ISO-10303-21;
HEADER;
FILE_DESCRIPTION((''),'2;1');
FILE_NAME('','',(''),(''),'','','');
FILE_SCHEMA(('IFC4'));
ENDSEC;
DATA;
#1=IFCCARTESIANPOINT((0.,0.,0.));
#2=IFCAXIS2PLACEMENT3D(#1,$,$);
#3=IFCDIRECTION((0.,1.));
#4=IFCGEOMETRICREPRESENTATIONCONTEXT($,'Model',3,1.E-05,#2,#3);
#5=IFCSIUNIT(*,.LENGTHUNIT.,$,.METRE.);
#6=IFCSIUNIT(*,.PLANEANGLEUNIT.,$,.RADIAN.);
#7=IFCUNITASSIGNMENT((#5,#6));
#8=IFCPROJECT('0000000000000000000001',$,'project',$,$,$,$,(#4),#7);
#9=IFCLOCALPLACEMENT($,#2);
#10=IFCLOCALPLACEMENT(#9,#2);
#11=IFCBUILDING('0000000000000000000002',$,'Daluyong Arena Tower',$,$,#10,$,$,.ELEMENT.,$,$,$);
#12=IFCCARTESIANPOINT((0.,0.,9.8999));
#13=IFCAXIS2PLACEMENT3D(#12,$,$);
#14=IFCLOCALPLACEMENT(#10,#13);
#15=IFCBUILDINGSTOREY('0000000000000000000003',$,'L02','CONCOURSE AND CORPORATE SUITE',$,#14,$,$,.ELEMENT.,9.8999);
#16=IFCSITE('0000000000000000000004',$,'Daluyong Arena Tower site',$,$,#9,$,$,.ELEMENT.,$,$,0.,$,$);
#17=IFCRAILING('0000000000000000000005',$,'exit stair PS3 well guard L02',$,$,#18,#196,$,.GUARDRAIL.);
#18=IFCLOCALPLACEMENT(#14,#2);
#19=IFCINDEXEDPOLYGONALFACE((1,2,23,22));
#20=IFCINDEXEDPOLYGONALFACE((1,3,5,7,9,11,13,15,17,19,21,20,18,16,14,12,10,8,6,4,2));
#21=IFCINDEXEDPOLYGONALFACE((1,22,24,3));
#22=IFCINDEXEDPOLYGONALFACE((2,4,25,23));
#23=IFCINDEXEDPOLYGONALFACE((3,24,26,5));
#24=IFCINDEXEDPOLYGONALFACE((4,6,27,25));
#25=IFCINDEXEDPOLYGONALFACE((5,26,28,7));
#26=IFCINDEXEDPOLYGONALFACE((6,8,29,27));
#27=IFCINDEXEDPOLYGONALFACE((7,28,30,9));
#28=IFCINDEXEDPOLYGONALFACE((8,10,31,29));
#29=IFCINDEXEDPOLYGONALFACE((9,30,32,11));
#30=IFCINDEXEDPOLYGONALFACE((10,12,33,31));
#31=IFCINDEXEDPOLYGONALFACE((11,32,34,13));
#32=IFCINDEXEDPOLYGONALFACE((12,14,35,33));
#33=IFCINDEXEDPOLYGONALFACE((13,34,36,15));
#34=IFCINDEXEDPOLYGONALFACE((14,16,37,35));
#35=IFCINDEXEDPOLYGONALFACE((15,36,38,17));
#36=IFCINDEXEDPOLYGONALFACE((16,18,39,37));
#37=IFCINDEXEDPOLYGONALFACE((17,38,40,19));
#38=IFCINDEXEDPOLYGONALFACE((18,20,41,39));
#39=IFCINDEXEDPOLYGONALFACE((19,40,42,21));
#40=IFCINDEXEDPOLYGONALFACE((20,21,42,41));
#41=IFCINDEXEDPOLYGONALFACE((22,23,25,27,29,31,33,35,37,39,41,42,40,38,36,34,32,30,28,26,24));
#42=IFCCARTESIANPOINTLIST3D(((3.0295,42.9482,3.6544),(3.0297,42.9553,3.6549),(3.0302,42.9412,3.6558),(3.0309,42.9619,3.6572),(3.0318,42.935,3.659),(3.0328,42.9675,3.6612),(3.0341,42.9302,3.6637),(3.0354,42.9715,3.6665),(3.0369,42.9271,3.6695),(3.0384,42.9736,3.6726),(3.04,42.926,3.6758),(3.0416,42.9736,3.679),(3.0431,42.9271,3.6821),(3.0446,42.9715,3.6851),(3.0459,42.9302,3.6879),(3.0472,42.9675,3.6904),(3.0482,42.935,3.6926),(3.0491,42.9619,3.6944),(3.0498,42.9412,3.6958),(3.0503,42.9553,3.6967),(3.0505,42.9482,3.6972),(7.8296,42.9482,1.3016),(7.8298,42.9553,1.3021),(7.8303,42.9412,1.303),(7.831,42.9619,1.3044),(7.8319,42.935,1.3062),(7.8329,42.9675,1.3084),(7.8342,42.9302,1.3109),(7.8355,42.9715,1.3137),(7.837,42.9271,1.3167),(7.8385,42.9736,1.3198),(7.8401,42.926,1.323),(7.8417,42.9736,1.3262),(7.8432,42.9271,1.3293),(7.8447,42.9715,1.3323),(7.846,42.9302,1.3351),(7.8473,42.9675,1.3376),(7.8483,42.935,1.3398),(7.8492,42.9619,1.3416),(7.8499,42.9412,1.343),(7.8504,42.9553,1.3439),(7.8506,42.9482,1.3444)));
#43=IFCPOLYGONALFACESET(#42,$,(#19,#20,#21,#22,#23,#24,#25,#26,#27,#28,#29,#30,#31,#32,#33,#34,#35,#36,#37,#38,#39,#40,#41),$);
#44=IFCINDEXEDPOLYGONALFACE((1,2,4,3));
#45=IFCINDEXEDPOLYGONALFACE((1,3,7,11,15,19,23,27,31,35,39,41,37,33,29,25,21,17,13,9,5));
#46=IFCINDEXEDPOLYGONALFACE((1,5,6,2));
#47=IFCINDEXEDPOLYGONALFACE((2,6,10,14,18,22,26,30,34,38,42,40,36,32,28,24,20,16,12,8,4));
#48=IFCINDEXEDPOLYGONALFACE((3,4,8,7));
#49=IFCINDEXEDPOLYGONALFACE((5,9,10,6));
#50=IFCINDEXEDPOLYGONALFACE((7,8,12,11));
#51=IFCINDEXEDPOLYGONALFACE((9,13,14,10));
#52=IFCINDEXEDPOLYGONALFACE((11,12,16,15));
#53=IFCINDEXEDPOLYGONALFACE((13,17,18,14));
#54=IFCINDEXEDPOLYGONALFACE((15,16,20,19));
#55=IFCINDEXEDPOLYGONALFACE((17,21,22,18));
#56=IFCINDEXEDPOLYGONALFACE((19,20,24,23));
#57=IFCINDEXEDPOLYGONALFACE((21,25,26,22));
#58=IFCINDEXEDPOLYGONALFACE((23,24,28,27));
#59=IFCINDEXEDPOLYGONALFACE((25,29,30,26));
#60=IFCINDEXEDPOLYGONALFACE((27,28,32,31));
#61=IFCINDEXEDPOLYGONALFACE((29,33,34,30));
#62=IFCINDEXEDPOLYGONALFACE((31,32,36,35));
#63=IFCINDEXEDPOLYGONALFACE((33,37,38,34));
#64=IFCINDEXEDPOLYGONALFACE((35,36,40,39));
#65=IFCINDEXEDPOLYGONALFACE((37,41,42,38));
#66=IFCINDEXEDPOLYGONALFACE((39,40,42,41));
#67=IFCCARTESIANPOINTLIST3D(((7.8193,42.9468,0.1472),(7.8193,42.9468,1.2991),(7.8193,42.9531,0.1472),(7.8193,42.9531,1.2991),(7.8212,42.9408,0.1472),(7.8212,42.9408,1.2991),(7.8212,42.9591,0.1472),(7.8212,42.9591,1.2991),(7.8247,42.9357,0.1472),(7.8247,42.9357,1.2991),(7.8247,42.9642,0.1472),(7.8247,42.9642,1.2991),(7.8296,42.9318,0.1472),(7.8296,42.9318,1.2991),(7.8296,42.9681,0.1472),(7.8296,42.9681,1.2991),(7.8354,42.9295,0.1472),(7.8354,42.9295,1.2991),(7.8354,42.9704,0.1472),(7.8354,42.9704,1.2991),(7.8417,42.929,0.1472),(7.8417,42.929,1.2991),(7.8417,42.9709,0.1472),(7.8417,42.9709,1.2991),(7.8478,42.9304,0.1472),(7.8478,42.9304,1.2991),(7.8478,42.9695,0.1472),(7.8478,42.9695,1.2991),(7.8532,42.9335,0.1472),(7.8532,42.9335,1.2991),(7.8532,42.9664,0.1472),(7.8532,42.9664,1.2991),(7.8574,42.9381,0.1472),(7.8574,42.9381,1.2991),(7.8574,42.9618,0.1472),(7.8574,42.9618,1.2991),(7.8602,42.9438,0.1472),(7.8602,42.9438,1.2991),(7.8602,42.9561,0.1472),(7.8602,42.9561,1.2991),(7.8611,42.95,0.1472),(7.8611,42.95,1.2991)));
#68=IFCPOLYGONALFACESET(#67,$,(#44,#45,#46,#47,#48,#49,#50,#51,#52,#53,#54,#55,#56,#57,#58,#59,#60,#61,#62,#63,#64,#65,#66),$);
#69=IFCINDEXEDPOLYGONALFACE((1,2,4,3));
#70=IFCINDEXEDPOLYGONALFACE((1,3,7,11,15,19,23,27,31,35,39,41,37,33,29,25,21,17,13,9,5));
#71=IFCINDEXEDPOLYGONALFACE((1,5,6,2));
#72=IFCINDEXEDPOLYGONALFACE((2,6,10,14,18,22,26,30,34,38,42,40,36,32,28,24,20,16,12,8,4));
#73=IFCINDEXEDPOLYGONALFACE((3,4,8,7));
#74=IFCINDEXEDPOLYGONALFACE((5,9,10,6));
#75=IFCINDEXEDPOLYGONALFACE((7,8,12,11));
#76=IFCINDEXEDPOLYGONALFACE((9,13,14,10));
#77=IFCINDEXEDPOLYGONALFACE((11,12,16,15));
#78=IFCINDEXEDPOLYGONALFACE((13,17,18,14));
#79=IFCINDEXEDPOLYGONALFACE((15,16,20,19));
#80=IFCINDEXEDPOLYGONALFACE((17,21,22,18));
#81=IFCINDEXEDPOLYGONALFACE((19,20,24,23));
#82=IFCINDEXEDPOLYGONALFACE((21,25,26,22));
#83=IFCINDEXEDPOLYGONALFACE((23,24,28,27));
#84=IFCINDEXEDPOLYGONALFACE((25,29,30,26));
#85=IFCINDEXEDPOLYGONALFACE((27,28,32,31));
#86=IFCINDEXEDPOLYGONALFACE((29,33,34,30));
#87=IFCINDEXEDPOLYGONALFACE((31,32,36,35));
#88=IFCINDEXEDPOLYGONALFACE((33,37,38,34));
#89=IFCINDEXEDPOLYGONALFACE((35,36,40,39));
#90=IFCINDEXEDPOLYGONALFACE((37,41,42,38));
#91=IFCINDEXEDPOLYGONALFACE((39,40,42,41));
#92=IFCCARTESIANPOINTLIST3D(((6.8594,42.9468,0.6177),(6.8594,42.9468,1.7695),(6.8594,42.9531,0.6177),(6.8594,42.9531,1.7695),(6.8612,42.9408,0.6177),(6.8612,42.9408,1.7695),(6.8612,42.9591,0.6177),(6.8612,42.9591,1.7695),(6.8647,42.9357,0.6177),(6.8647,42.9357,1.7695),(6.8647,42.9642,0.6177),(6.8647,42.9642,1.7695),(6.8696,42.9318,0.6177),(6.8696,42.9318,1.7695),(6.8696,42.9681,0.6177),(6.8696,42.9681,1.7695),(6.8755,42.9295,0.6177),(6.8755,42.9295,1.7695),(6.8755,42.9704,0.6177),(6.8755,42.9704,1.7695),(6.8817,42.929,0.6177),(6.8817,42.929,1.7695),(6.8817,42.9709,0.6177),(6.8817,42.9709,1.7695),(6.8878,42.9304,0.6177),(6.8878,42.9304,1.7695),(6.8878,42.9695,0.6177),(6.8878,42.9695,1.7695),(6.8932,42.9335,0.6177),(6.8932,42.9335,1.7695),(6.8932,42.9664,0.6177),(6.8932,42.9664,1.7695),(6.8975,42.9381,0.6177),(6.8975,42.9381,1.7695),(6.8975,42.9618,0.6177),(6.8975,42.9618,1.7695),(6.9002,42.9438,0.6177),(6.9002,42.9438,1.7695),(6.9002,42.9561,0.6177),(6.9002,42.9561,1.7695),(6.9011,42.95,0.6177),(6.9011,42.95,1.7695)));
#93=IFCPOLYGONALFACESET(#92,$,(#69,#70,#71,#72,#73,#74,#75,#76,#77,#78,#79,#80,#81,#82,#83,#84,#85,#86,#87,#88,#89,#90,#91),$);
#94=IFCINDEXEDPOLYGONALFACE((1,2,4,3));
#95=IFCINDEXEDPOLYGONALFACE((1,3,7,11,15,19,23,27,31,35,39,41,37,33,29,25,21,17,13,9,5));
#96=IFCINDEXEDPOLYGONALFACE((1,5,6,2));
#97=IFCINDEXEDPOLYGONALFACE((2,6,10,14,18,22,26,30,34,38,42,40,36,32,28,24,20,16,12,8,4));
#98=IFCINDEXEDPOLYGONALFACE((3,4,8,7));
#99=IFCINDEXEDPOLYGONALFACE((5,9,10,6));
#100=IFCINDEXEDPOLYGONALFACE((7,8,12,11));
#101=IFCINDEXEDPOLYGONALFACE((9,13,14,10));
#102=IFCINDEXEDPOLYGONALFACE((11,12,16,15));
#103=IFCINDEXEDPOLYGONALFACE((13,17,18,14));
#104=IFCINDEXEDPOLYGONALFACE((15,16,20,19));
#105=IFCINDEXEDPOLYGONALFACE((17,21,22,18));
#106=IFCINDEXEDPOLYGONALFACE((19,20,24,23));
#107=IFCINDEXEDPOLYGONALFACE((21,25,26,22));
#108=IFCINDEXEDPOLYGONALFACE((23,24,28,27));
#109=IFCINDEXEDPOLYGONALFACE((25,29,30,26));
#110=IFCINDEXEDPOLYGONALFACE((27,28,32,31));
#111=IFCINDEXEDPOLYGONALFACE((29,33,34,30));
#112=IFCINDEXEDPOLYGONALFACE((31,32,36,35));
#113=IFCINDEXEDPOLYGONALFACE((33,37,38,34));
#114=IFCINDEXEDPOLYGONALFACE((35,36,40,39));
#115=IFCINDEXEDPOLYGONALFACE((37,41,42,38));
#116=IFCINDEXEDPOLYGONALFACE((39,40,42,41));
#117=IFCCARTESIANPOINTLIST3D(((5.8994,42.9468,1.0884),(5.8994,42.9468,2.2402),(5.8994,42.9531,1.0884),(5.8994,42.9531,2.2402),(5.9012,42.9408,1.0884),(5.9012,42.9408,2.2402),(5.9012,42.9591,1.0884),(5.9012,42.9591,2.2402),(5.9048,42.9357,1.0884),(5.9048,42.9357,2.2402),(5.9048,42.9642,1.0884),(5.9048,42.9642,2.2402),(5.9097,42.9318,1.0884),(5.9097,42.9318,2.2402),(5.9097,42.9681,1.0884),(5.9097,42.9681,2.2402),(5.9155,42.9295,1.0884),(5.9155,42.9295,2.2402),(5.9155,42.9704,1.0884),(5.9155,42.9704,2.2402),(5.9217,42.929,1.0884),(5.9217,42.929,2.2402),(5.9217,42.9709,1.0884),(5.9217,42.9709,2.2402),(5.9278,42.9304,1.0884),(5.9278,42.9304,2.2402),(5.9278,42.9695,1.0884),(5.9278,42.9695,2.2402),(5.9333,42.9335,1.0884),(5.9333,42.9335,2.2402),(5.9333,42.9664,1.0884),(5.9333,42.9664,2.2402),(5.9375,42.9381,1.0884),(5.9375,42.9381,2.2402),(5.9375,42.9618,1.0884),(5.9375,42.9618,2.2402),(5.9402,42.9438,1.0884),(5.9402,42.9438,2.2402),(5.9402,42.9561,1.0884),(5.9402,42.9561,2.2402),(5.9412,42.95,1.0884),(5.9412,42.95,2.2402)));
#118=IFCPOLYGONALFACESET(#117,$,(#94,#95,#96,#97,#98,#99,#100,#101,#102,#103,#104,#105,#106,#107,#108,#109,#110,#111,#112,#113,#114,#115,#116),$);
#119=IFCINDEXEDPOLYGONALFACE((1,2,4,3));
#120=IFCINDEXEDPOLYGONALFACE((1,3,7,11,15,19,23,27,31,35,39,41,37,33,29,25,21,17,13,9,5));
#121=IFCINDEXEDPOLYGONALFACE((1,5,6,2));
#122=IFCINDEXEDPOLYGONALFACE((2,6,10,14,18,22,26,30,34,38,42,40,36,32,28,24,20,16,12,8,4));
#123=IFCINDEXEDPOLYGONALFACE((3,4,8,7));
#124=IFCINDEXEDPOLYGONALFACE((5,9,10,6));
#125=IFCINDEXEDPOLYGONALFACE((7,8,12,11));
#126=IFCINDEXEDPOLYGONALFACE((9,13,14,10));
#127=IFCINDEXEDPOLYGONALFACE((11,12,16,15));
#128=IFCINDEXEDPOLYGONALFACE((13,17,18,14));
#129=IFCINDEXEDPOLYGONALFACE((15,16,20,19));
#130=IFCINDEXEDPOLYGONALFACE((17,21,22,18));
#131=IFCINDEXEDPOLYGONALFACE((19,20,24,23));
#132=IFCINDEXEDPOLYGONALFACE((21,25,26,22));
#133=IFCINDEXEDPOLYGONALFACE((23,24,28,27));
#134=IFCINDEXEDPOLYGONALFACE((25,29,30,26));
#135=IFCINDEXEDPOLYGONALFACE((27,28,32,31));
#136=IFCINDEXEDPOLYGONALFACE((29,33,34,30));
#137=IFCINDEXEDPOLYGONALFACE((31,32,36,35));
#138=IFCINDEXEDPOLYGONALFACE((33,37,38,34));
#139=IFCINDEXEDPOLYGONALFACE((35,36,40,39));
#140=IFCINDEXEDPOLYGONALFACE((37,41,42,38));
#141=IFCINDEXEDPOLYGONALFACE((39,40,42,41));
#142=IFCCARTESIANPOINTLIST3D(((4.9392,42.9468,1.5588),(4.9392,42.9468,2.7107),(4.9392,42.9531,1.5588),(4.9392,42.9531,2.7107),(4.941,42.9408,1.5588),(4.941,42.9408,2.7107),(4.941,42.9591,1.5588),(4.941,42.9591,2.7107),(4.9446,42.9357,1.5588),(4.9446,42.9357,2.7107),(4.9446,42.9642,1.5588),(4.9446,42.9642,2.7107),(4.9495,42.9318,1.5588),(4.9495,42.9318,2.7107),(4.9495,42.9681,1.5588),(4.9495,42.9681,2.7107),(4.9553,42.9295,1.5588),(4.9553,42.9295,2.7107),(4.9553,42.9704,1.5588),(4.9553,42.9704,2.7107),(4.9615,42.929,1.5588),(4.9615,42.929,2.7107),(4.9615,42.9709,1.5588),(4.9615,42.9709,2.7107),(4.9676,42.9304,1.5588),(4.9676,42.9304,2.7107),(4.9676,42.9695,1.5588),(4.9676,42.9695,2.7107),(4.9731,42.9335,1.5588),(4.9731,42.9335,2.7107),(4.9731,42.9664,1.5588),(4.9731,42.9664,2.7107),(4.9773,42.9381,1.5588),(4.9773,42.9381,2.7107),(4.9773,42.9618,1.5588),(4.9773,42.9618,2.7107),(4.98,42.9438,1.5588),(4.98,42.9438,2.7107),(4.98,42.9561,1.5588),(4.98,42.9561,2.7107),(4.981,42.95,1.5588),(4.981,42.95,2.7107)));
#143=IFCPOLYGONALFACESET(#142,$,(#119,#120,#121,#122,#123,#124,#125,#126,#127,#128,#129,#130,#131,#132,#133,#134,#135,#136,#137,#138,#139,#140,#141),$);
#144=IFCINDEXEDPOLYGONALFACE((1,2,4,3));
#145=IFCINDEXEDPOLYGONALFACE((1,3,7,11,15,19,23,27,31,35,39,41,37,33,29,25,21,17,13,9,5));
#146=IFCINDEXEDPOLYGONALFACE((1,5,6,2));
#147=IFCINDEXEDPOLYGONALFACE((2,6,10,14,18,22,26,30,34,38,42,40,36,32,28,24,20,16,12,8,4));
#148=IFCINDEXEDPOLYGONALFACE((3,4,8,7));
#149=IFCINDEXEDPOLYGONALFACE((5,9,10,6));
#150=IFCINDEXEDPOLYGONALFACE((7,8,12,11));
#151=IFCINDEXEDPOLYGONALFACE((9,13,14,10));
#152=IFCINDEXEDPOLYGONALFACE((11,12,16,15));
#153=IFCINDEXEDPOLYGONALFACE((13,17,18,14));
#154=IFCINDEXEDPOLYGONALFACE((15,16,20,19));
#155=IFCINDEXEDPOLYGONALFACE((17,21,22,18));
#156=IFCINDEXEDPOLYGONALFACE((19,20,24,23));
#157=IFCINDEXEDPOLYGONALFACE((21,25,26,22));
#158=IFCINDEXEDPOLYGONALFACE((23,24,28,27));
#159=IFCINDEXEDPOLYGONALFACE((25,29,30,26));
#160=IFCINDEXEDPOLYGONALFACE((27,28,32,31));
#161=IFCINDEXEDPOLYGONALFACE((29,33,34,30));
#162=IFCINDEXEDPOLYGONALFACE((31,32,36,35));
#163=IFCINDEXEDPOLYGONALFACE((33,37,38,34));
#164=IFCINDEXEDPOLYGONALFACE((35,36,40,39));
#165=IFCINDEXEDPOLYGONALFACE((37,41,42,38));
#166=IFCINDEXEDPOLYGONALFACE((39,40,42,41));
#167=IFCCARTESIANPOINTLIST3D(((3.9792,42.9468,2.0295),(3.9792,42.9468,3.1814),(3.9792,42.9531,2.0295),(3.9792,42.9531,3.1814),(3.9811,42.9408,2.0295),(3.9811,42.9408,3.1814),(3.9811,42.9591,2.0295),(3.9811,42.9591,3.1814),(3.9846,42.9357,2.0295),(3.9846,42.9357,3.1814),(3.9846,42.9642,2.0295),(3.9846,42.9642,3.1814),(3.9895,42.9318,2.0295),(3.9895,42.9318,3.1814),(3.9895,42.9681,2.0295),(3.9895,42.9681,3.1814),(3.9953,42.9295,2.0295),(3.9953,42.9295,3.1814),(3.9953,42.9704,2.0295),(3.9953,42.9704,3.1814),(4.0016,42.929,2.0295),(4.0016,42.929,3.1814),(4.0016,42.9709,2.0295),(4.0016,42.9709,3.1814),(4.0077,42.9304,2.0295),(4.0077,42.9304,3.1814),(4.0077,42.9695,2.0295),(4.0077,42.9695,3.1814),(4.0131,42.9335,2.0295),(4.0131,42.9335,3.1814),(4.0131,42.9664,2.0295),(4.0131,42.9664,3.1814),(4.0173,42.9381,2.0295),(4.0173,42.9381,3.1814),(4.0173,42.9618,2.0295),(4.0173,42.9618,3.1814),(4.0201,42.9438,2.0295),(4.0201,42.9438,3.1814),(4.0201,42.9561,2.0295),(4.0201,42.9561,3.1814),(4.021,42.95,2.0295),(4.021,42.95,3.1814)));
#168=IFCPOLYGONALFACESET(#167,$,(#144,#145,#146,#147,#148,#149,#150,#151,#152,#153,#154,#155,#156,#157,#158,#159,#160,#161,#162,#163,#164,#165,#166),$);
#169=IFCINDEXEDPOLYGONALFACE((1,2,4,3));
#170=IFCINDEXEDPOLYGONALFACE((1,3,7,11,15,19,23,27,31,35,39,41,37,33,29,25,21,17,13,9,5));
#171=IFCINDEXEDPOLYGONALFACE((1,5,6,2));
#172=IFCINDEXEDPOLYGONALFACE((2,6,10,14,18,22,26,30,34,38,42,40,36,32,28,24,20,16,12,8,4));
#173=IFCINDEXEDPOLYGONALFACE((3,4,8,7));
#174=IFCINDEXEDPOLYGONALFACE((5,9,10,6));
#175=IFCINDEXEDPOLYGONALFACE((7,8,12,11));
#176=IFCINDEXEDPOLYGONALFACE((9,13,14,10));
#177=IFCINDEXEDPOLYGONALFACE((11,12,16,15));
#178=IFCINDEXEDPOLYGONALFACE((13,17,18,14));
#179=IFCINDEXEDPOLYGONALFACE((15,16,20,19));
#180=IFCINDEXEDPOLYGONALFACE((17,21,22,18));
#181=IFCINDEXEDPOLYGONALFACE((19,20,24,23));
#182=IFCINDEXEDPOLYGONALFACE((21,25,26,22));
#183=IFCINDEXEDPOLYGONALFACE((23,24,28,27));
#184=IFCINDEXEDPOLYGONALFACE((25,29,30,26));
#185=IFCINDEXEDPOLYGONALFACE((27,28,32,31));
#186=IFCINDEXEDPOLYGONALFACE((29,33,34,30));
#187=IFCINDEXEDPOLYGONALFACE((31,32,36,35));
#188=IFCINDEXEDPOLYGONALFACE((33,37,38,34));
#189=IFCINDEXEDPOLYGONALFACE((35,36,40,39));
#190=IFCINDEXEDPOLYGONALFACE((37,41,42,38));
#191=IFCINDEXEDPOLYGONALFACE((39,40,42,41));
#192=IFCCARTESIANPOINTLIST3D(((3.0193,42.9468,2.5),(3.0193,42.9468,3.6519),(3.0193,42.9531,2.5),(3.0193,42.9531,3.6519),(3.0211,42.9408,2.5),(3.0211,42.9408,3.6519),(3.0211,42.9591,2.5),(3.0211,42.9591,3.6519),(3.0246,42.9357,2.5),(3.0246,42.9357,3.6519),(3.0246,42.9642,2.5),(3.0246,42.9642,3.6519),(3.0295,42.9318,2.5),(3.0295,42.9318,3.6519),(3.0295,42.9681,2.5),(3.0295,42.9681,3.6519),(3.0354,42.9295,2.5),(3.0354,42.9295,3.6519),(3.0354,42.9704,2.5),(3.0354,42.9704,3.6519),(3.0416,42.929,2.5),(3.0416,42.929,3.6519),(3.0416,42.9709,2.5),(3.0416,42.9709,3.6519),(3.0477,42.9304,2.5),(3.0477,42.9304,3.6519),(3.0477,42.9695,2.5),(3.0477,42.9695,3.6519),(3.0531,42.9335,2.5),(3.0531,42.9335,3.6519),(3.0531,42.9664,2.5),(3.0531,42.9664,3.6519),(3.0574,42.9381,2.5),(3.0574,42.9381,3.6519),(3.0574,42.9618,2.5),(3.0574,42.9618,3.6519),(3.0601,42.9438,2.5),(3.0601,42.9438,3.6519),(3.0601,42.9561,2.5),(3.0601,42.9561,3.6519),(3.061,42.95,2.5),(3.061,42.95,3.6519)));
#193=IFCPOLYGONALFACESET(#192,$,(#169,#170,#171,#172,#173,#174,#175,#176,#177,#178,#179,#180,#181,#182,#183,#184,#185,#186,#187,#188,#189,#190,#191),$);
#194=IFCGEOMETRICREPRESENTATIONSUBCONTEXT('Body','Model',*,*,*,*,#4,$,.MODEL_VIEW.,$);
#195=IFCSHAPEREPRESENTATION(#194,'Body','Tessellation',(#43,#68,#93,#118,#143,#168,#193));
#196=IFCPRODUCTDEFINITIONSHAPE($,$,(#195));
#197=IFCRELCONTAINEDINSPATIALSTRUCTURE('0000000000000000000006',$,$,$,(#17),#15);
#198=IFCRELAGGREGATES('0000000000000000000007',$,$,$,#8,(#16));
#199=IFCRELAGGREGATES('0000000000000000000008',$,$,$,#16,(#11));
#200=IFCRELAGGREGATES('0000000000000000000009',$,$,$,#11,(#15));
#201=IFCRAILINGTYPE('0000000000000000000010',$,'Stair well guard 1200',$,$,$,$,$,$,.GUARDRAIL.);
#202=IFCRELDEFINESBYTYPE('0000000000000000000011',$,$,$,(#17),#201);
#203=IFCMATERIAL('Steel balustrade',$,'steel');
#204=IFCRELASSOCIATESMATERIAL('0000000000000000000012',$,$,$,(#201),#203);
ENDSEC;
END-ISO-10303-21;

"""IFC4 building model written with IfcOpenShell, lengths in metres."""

from ifc_helpers import new_model, si_unit, direction, frame, origin, origin_2d, place, context, subcontext, project, spatial, circle, extrude, material, type_object, element, save


model = new_model("IFC4")

# Units and contexts
model_context = context("Model", 3, precision=1e-05, world=origin(), true_north=direction((0.0, 1.0)))
body_context = subcontext(model_context, "Body", "Model", "MODEL_VIEW")
ifc_project = project(units=[si_unit("LENGTHUNIT", "METRE"), si_unit("PLANEANGLEUNIT", "RADIAN")], contexts=[model_context])

# Site, building, storey
site_placement = place(None, origin())
site = spatial("IfcSite", under=ifc_project, at=site_placement, Name="Daluyong Arena Tower site", CompositionType="ELEMENT", RefElevation=0.0)
building_placement = place(site_placement, origin())
building = spatial("IfcBuilding", under=site, at=building_placement, Name="Daluyong Arena Tower", CompositionType="ELEMENT")
storey_placement = place(building_placement, frame((0.0, 0.0, 9.8999)))
storey = spatial("IfcBuildingStorey", under=building, at=storey_placement, Name="L02", Description="CONCOURSE AND CORPORATE SUITE", CompositionType="ELEMENT", Elevation=9.8999)

# Railing
ifc_material_1 = material(Name="Steel balustrade", Category="steel")
railing_type_1 = type_object("IfcRailingType", Name="Stair well guard 1200", PredefinedType="GUARDRAIL", material=ifc_material_1)
railing_1_placement = place(storey_placement, frame((7.8401, 42.95, 0.1472)))
element("IfcRailing", 1, at=railing_1_placement, inside=storey, type_object=railing_type_1, Name="exit stair PS3 well guard L02", PredefinedType="GUARDRAIL", context=body_context, shape_type="SweptSolid", body=[
    extrude(circle(Radius=0.0239, at=origin_2d()), frame((0.0, 0.0, 1.1758), z_axis=(-0.897934, 0.0, 0.44013), x_axis=(0.0, -1.0, 0.0)), (0.0, 0.0, 1.0), 5.3457),
    extrude(circle(Radius=0.021, at=origin_2d()), origin(), (0.0, 0.0, 1.0), 1.1519),
    extrude(circle(Radius=0.021, at=origin_2d()), frame((-0.96, 0.0, 0.4705)), (0.0, 0.0, 1.0), 1.1519),
    extrude(circle(Radius=0.021, at=origin_2d()), frame((-1.9199, 0.0, 0.9412)), (0.0, 0.0, 1.0), 1.1519),
    extrude(circle(Radius=0.021, at=origin_2d()), frame((-2.8801, 0.0, 1.4116)), (0.0, 0.0, 1.0), 1.1519),
    extrude(circle(Radius=0.021, at=origin_2d()), frame((-3.8401, 0.0, 1.8823)), (0.0, 0.0, 1.0), 1.1519),
    extrude(circle(Radius=0.021, at=origin_2d()), frame((-4.8, 0.0, 2.3528)), (0.0, 0.0, 1.0), 1.1519),
])

save(model, "model.ifc")
